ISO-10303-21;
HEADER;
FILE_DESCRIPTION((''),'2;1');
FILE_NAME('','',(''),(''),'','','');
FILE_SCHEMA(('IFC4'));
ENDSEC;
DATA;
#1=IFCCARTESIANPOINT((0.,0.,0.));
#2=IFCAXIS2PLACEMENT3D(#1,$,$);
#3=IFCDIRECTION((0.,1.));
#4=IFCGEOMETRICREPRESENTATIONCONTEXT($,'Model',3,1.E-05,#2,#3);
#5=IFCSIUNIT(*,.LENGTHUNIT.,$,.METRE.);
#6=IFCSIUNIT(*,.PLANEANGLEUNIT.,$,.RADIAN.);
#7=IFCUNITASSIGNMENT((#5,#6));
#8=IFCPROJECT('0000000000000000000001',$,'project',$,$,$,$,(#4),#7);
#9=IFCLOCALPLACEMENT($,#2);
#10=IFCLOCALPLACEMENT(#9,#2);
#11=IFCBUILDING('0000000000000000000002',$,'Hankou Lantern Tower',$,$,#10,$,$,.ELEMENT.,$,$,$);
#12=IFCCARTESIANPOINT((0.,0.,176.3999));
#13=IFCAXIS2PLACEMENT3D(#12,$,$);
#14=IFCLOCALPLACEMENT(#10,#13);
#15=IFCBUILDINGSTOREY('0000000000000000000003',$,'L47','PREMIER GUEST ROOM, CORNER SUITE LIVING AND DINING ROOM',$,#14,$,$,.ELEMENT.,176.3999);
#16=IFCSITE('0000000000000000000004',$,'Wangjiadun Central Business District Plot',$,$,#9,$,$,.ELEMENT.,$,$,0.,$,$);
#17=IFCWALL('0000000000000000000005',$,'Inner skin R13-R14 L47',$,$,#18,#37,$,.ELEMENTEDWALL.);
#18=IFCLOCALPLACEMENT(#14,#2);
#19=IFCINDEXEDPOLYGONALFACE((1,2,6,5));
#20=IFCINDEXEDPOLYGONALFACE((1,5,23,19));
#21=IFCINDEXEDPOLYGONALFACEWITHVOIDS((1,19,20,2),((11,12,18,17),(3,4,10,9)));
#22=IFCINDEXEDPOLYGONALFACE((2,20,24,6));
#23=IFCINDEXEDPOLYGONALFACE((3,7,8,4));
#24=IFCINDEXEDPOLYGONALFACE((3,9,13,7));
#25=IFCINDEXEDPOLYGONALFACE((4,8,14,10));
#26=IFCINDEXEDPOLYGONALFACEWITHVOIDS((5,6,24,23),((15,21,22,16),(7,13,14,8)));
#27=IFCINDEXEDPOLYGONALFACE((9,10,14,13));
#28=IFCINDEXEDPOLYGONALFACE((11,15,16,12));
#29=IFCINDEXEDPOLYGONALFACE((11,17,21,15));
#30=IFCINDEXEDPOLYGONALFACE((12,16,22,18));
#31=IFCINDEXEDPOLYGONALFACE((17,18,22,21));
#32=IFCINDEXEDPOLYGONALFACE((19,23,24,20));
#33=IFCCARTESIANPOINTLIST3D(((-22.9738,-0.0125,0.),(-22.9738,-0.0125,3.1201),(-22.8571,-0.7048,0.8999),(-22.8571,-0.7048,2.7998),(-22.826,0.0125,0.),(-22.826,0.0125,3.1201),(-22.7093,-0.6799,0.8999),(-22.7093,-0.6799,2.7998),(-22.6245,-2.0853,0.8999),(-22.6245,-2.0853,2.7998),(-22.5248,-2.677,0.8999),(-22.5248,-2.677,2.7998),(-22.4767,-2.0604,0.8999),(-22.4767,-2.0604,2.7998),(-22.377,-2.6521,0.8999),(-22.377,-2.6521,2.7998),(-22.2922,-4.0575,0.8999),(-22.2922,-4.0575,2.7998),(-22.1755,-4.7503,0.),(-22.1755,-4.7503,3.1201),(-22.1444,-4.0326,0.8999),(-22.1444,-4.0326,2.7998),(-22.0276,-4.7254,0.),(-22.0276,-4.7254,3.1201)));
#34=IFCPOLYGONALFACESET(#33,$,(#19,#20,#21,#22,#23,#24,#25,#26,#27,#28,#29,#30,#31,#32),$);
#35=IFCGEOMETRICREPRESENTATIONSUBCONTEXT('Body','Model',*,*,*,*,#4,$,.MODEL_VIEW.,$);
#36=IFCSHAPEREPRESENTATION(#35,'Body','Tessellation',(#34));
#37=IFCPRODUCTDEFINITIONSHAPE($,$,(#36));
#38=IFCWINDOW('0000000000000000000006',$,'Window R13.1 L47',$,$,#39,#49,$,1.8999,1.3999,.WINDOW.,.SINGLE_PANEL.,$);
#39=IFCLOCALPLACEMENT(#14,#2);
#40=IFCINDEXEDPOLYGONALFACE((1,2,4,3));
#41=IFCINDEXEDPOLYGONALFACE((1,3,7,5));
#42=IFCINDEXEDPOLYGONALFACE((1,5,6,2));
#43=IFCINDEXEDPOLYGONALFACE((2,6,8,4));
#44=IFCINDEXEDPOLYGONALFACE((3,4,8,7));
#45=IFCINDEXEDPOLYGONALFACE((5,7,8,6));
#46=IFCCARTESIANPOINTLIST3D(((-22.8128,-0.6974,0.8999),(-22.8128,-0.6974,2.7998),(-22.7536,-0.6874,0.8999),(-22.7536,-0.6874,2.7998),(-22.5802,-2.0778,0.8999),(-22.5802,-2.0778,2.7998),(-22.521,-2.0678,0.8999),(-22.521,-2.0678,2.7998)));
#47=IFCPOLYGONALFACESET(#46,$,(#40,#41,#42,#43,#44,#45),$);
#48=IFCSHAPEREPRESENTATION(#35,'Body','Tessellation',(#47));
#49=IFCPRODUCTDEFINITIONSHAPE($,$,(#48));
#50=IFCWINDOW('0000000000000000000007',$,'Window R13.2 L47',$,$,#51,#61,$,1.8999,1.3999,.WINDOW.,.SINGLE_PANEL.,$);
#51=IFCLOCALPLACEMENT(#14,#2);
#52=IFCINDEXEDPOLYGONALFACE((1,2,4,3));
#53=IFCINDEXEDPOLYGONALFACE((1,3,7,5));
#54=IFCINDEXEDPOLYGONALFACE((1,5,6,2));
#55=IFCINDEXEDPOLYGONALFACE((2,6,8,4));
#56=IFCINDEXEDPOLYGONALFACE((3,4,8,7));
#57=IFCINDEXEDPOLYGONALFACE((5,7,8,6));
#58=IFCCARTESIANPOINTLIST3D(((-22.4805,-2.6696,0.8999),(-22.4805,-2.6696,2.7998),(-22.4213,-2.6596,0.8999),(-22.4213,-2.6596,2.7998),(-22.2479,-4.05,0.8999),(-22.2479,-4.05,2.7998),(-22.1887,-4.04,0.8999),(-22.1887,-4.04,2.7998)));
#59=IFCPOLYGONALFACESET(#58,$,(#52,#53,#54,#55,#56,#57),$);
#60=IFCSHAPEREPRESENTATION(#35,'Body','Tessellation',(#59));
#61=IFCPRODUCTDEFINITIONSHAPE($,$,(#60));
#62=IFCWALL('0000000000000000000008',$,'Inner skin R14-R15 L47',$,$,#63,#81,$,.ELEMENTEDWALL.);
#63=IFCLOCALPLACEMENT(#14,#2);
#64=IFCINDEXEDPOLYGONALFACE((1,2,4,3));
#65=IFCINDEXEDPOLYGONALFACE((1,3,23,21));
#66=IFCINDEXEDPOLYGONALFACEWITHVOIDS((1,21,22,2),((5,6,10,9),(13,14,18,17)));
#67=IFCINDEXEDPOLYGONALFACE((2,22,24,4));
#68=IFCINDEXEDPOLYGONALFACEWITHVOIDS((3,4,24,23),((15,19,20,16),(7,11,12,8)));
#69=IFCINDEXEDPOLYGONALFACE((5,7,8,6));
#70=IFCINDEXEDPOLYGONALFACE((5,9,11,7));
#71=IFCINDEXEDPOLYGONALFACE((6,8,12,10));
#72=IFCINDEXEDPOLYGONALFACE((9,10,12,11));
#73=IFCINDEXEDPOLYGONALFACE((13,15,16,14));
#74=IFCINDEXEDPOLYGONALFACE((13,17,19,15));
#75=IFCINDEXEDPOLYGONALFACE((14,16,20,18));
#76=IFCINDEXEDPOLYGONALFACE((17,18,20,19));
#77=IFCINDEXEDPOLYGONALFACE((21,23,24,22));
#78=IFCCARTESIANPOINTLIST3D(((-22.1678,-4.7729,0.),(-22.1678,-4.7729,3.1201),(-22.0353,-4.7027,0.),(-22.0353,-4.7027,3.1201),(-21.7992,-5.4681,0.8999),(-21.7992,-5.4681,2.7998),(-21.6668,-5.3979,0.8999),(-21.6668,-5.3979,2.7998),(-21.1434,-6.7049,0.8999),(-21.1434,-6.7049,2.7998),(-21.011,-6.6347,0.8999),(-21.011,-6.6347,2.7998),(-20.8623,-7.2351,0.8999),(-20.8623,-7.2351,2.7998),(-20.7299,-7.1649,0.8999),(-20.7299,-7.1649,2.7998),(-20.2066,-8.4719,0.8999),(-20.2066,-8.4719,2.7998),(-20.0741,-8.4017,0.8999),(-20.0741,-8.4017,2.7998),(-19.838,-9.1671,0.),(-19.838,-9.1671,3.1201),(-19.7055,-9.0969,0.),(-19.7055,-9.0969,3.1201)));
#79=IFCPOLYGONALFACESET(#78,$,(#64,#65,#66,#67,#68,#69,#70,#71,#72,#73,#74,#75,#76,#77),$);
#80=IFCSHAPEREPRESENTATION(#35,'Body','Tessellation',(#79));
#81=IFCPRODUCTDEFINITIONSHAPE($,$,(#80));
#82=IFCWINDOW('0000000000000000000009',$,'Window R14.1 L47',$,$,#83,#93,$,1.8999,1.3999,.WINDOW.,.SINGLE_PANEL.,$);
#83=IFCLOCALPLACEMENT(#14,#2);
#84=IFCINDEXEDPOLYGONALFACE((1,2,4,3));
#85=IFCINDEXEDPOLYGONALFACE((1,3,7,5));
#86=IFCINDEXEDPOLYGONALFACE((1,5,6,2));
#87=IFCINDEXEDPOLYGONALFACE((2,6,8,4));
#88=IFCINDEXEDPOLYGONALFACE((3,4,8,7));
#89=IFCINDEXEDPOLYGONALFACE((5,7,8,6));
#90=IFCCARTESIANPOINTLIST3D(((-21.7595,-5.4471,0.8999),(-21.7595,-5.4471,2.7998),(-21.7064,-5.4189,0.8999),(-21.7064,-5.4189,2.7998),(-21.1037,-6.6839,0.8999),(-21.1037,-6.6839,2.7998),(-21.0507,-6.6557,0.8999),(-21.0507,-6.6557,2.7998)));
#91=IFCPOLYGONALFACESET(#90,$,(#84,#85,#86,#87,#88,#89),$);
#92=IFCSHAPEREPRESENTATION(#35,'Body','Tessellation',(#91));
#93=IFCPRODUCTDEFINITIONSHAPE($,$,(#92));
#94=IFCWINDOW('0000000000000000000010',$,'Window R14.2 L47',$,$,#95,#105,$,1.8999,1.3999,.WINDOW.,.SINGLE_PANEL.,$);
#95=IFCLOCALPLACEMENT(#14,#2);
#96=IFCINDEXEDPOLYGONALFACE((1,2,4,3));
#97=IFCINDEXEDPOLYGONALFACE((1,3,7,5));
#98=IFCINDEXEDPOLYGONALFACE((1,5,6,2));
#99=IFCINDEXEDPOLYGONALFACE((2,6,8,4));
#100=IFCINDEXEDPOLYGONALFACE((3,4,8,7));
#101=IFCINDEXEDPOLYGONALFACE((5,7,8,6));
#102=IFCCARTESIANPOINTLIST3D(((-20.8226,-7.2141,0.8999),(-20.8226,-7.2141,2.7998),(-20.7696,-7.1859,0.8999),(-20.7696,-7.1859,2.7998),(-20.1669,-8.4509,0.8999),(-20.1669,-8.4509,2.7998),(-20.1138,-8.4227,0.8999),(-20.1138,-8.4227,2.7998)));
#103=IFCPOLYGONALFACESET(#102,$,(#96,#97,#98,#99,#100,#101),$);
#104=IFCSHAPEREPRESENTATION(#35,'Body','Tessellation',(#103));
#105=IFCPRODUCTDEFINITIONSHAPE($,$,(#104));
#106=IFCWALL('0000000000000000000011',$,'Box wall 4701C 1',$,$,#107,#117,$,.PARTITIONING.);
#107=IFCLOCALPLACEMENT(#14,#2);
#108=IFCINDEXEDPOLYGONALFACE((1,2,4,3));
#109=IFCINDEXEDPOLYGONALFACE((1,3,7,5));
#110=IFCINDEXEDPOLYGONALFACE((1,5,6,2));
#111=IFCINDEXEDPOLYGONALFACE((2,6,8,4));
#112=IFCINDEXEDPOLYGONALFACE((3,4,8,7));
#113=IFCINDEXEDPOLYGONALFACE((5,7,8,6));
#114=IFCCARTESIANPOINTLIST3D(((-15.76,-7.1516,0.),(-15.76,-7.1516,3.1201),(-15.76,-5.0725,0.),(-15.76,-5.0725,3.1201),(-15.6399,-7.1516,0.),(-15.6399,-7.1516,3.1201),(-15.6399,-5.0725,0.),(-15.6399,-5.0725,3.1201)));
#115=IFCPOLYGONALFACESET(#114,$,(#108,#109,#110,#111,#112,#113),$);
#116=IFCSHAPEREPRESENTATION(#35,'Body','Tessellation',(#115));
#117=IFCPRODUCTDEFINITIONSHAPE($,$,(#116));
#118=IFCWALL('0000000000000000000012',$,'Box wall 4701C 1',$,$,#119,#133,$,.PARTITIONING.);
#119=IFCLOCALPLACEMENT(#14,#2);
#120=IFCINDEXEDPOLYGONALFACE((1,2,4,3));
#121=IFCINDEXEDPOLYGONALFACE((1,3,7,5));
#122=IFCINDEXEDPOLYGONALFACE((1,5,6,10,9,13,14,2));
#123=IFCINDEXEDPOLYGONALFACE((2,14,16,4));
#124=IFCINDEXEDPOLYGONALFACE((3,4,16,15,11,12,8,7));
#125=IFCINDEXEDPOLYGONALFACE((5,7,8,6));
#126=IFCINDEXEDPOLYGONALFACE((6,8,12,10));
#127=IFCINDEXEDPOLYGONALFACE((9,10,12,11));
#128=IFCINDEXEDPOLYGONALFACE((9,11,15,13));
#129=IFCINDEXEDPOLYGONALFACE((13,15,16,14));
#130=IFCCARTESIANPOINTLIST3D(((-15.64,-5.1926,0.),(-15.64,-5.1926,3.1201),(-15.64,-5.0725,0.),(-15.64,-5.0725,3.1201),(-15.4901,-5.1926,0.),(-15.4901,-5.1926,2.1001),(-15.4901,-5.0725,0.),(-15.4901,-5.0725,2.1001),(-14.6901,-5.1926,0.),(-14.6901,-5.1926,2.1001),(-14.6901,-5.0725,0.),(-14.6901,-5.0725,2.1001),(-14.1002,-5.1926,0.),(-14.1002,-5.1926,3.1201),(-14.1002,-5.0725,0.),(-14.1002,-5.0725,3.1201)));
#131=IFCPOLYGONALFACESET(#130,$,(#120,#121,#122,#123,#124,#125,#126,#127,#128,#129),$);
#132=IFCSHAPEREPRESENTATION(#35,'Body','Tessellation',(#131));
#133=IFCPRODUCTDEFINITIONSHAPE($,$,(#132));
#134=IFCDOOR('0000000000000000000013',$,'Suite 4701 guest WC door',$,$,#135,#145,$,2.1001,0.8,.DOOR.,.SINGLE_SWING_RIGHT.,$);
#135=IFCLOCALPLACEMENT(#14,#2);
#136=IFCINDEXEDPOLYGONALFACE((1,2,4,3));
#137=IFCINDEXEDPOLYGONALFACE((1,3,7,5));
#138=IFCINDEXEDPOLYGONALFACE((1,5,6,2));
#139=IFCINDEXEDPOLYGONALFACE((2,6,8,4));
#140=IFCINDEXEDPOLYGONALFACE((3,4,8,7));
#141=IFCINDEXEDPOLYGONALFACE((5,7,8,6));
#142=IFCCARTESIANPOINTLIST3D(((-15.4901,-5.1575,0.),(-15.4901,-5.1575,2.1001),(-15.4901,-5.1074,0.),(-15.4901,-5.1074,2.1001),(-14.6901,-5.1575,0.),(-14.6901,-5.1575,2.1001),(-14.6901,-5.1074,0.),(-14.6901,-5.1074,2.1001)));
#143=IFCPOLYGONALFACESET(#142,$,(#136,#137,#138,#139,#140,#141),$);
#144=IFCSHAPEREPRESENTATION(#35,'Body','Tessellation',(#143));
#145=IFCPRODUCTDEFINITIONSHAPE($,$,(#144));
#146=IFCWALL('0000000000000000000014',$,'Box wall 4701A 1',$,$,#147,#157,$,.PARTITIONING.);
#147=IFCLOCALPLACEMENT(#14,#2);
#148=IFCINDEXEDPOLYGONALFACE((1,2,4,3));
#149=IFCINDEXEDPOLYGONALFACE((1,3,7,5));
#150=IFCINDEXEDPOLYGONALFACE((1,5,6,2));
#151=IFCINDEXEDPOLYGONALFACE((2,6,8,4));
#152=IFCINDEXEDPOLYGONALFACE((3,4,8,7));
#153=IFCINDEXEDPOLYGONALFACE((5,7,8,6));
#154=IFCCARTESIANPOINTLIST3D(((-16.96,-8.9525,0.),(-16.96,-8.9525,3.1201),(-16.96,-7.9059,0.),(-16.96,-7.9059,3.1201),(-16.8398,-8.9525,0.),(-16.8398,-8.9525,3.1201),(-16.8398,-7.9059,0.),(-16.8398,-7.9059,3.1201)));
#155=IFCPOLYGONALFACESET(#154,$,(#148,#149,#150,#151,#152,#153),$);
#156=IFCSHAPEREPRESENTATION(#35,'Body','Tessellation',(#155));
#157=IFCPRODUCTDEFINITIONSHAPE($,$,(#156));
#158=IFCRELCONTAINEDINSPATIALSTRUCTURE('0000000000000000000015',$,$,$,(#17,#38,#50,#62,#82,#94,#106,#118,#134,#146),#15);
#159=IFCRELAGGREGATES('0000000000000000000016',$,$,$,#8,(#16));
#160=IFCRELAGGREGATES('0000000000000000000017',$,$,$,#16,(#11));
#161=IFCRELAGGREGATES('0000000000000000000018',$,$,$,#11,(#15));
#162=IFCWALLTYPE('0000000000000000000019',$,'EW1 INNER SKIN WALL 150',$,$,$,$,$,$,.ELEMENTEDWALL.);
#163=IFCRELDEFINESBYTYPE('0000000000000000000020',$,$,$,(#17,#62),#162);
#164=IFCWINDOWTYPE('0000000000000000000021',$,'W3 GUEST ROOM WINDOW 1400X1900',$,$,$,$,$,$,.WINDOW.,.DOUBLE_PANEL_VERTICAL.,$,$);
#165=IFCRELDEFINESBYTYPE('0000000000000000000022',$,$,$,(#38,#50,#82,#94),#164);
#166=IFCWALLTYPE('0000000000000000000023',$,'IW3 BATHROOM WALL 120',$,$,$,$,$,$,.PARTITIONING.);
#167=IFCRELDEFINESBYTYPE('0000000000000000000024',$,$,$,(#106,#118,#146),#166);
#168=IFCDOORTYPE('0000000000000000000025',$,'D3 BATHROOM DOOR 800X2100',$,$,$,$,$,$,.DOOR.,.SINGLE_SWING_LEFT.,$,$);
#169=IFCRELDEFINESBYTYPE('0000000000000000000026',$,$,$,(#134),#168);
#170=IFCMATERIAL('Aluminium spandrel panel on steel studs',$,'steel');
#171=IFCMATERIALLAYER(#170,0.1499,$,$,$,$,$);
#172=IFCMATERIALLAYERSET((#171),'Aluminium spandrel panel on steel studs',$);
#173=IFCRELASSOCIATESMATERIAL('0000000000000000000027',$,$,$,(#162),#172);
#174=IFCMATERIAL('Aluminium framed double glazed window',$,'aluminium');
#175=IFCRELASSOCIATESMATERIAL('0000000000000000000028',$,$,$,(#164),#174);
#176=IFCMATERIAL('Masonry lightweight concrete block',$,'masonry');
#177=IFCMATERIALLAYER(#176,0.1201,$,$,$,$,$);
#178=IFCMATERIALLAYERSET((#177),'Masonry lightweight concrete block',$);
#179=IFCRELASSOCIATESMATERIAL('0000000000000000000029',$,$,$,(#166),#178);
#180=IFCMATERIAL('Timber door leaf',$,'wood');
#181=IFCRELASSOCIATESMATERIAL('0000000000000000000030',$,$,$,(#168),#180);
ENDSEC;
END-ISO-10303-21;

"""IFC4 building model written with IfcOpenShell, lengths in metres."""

from ifc_helpers import new_model, si_unit, direction, frame, frame_2d, origin, place, context, subcontext, project, spatial, rectangle, extrude, material, layer, layer_set, type_object, element, fill, save


model = new_model("IFC4")

# Units and contexts
model_context = context("Model", 3, precision=1e-05, world=origin(), true_north=direction((0.0, 1.0)))
body_context = subcontext(model_context, "Body", "Model", "MODEL_VIEW")
ifc_project = project(units=[si_unit("LENGTHUNIT", "METRE"), si_unit("PLANEANGLEUNIT", "RADIAN")], contexts=[model_context])

# Site, building, storey
site_placement = place(None, origin())
site = spatial("IfcSite", under=ifc_project, at=site_placement, Name="Wangjiadun Central Business District Plot", CompositionType="ELEMENT", RefElevation=0.0)
building_placement = place(site_placement, origin())
building = spatial("IfcBuilding", under=site, at=building_placement, Name="Hankou Lantern Tower", CompositionType="ELEMENT")
storey_placement = place(building_placement, frame((0.0, 0.0, 176.3999)))
storey = spatial("IfcBuildingStorey", under=building, at=storey_placement, Name="L47", Description="PREMIER GUEST ROOM, CORNER SUITE LIVING AND DINING ROOM", CompositionType="ELEMENT", Elevation=176.3999)

# Walls, openings, windows
ifc_material_1 = material(Name="Aluminium spandrel panel on steel studs", Category="steel")
ifc_layer_1 = layer(ifc_material_1, 0.1499)
ifc_layer_set_1 = layer_set([ifc_layer_1], Name="Aluminium spandrel panel on steel studs")
wall_type_1 = type_object("IfcWallType", Name="EW1 INNER SKIN WALL 150", PredefinedType="ELEMENTEDWALL", material=ifc_layer_set_1)
wall_1_placement = place(storey_placement, frame((-22.8999, 0.0, 0.0), z_axis=(0.0, 0.0, 1.0), x_axis=(0.166162, -0.986098, 0.0)))
wall_1 = element("IfcWall", 1, at=wall_1_placement, inside=storey, type_object=wall_type_1, Name="Inner skin R13-R14 L47", PredefinedType="ELEMENTEDWALL", context=body_context, shape_type="SweptSolid", body=[
    extrude(rectangle(XDim=4.8047, YDim=0.1499, at=frame_2d((2.4023, 0.0))), origin(), (0.0, 0.0, 1.0), 3.1201),
])
opening_1_placement = place(wall_1_placement, frame((0.7021, 0.0, 0.8999)))
opening_1 = element("IfcOpeningElement", 2, at=opening_1_placement, cuts=wall_1, PredefinedType="OPENING", context=body_context, shape_type="SweptSolid", body=[
    extrude(rectangle(XDim=1.3999, YDim=1.8999, at=frame_2d((0.7, 0.95))), frame((0.0, 0.085, 0.0), z_axis=(0.0, -1.0, 0.0), x_axis=(1.0, 0.0, 0.0)), (0.0, 0.0, 1.0), 0.1699),
])
opening_2_placement = place(wall_1_placement, frame((2.7021, 0.0, 0.8999)))
opening_2 = element("IfcOpeningElement", 3, at=opening_2_placement, cuts=wall_1, PredefinedType="OPENING", context=body_context, shape_type="SweptSolid", body=[
    extrude(rectangle(XDim=1.3999, YDim=1.8999, at=frame_2d((0.7, 0.95))), frame((0.0, 0.085, 0.0), z_axis=(0.0, -1.0, 0.0), x_axis=(1.0, 0.0, 0.0)), (0.0, 0.0, 1.0), 0.1699),
])
ifc_material_2 = material(Name="Aluminium framed double glazed window", Category="aluminium")
window_type = type_object("IfcWindowType", Name="W3 GUEST ROOM WINDOW 1400X1900", PartitioningType="DOUBLE_PANEL_VERTICAL", PredefinedType="WINDOW", material=ifc_material_2)
window_1_placement = place(opening_1_placement, origin())
window_1 = element("IfcWindow", 4, at=window_1_placement, inside=storey, type_object=window_type, Name="Window R13.1 L47", OverallHeight=1.8999, OverallWidth=1.3999, PartitioningType="SINGLE_PANEL", PredefinedType="WINDOW", context=body_context, shape_type="SweptSolid", body=[
    extrude(rectangle(XDim=1.3999, YDim=1.8999, at=frame_2d((0.7, 0.95))), frame((0.0, 0.03, 0.0), z_axis=(0.0, -1.0, 0.0), x_axis=(1.0, 0.0, 0.0)), (0.0, 0.0, 1.0), 0.0601),
])
fill(opening_1, window_1)
window_2_placement = place(opening_2_placement, origin())
window_2 = element("IfcWindow", 5, at=window_2_placement, inside=storey, type_object=window_type, Name="Window R13.2 L47", OverallHeight=1.8999, OverallWidth=1.3999, PartitioningType="SINGLE_PANEL", PredefinedType="WINDOW", context=body_context, shape_type="SweptSolid", body=[
    extrude(rectangle(XDim=1.3999, YDim=1.8999, at=frame_2d((0.7, 0.95))), frame((0.0, 0.03, 0.0), z_axis=(0.0, -1.0, 0.0), x_axis=(1.0, 0.0, 0.0)), (0.0, 0.0, 1.0), 0.0601),
])
fill(opening_2, window_2)
wall_2_placement = place(storey_placement, frame((-22.1016, -4.7378, 0.0), z_axis=(0.0, 0.0, 1.0), x_axis=(0.468429, -0.883501, 0.0)))
wall_2 = element("IfcWall", 6, at=wall_2_placement, inside=storey, type_object=wall_type_1, Name="Inner skin R14-R15 L47", PredefinedType="ELEMENTEDWALL", context=body_context, shape_type="SweptSolid", body=[
    extrude(rectangle(XDim=4.9736, YDim=0.1499, at=frame_2d((2.4868, 0.0))), origin(), (0.0, 0.0, 1.0), 3.1201),
])
opening_3_placement = place(wall_2_placement, frame((0.7869, 0.0, 0.8999)))
opening_3 = element("IfcOpeningElement", 7, at=opening_3_placement, cuts=wall_2, PredefinedType="OPENING", context=body_context, shape_type="SweptSolid", body=[
    extrude(rectangle(XDim=1.3999, YDim=1.8999, at=frame_2d((0.7, 0.95))), frame((0.0, 0.085, 0.0), z_axis=(0.0, -1.0, 0.0), x_axis=(1.0, 0.0, 0.0)), (0.0, 0.0, 1.0), 0.1699),
])
opening_4_placement = place(wall_2_placement, frame((2.7869, 0.0, 0.8999)))
opening_4 = element("IfcOpeningElement", 8, at=opening_4_placement, cuts=wall_2, PredefinedType="OPENING", context=body_context, shape_type="SweptSolid", body=[
    extrude(rectangle(XDim=1.3999, YDim=1.8999, at=frame_2d((0.7, 0.95))), frame((0.0, 0.085, 0.0), z_axis=(0.0, -1.0, 0.0), x_axis=(1.0, 0.0, 0.0)), (0.0, 0.0, 1.0), 0.1699),
])
window_3_placement = place(opening_3_placement, origin())
window_3 = element("IfcWindow", 9, at=window_3_placement, inside=storey, type_object=window_type, Name="Window R14.1 L47", OverallHeight=1.8999, OverallWidth=1.3999, PartitioningType="SINGLE_PANEL", PredefinedType="WINDOW", context=body_context, shape_type="SweptSolid", body=[
    extrude(rectangle(XDim=1.3999, YDim=1.8999, at=frame_2d((0.7, 0.95))), frame((0.0, 0.03, 0.0), z_axis=(0.0, -1.0, 0.0), x_axis=(1.0, 0.0, 0.0)), (0.0, 0.0, 1.0), 0.0601),
])
fill(opening_3, window_3)
window_4_placement = place(opening_4_placement, origin())
window_4 = element("IfcWindow", 10, at=window_4_placement, inside=storey, type_object=window_type, Name="Window R14.2 L47", OverallHeight=1.8999, OverallWidth=1.3999, PartitioningType="SINGLE_PANEL", PredefinedType="WINDOW", context=body_context, shape_type="SweptSolid", body=[
    extrude(rectangle(XDim=1.3999, YDim=1.8999, at=frame_2d((0.7, 0.95))), frame((0.0, 0.03, 0.0), z_axis=(0.0, -1.0, 0.0), x_axis=(1.0, 0.0, 0.0)), (0.0, 0.0, 1.0), 0.0601),
])
fill(opening_4, window_4)

# Wall
ifc_material_3 = material(Name="Masonry lightweight concrete block", Category="masonry")
ifc_layer_2 = layer(ifc_material_3, 0.1201)
ifc_layer_set_2 = layer_set([ifc_layer_2], Name="Masonry lightweight concrete block")
wall_type_2 = type_object("IfcWallType", Name="IW3 BATHROOM WALL 120", PredefinedType="PARTITIONING", material=ifc_layer_set_2)
wall_3_placement = place(storey_placement, frame((-15.7, -7.1516, 0.0), z_axis=(0.0, 0.0, 1.0), x_axis=(0.0, 1.0, 0.0)))
element("IfcWall", 11, at=wall_3_placement, inside=storey, type_object=wall_type_2, Name="Box wall 4701C 1", PredefinedType="PARTITIONING", context=body_context, shape_type="SweptSolid", body=[
    extrude(rectangle(XDim=2.0791, YDim=0.1201, at=frame_2d((1.0396, 0.0))), origin(), (0.0, 0.0, 1.0), 3.1201),
])

# Wall, opening, door
wall_4_placement = place(storey_placement, frame((-14.1001, -5.1326, 0.0), z_axis=(0.0, 0.0, 1.0), x_axis=(-1.0, 0.0, 0.0)))
wall_4 = element("IfcWall", 12, at=wall_4_placement, inside=storey, type_object=wall_type_2, Name="Box wall 4701C 1", PredefinedType="PARTITIONING", context=body_context, shape_type="SweptSolid", body=[
    extrude(rectangle(XDim=1.5398, YDim=0.1201, at=frame_2d((0.77, 0.0))), origin(), (0.0, 0.0, 1.0), 3.1201),
])
opening_5_placement = place(wall_4_placement, frame((0.5901, 0.0, 0.0)))
opening_5 = element("IfcOpeningElement", 13, at=opening_5_placement, cuts=wall_4, PredefinedType="OPENING", context=body_context, shape_type="SweptSolid", body=[
    extrude(rectangle(XDim=0.8, YDim=2.1001, at=frame_2d((0.3999, 1.05))), frame((0.0, 0.0701, 0.0), z_axis=(0.0, -1.0, 0.0), x_axis=(1.0, 0.0, 0.0)), (0.0, 0.0, 1.0), 0.1401),
])
ifc_material_4 = material(Name="Timber door leaf", Category="wood")
door_type_1 = type_object("IfcDoorType", Name="D3 BATHROOM DOOR 800X2100", OperationType="SINGLE_SWING_LEFT", PredefinedType="DOOR", material=ifc_material_4)
door_1_placement = place(opening_5_placement, origin())
door_1 = element("IfcDoor", 14, at=door_1_placement, inside=storey, type_object=door_type_1, Name="Suite 4701 guest WC door", OperationType="SINGLE_SWING_RIGHT", OverallHeight=2.1001, OverallWidth=0.8, PredefinedType="DOOR", context=body_context, shape_type="SweptSolid", body=[
    extrude(rectangle(XDim=0.8, YDim=2.1001, at=frame_2d((0.3999, 1.05))), frame((0.0, 0.0249, 0.0), z_axis=(0.0, -1.0, 0.0), x_axis=(1.0, 0.0, 0.0)), (0.0, 0.0, 1.0), 0.05),
])
fill(opening_5, door_1)

# Wall
wall_5_placement = place(storey_placement, frame((-16.8999, -7.9058, 0.0), z_axis=(0.0, 0.0, 1.0), x_axis=(0.0, -1.0, 0.0)))
element("IfcWall", 15, at=wall_5_placement, inside=storey, type_object=wall_type_2, Name="Box wall 4701A 1", PredefinedType="PARTITIONING", context=body_context, shape_type="SweptSolid", body=[
    extrude(rectangle(XDim=1.0466, YDim=0.1201, at=frame_2d((0.5234, 0.0))), origin(), (0.0, 0.0, 1.0), 3.1201),
])

save(model, "model.ifc")
